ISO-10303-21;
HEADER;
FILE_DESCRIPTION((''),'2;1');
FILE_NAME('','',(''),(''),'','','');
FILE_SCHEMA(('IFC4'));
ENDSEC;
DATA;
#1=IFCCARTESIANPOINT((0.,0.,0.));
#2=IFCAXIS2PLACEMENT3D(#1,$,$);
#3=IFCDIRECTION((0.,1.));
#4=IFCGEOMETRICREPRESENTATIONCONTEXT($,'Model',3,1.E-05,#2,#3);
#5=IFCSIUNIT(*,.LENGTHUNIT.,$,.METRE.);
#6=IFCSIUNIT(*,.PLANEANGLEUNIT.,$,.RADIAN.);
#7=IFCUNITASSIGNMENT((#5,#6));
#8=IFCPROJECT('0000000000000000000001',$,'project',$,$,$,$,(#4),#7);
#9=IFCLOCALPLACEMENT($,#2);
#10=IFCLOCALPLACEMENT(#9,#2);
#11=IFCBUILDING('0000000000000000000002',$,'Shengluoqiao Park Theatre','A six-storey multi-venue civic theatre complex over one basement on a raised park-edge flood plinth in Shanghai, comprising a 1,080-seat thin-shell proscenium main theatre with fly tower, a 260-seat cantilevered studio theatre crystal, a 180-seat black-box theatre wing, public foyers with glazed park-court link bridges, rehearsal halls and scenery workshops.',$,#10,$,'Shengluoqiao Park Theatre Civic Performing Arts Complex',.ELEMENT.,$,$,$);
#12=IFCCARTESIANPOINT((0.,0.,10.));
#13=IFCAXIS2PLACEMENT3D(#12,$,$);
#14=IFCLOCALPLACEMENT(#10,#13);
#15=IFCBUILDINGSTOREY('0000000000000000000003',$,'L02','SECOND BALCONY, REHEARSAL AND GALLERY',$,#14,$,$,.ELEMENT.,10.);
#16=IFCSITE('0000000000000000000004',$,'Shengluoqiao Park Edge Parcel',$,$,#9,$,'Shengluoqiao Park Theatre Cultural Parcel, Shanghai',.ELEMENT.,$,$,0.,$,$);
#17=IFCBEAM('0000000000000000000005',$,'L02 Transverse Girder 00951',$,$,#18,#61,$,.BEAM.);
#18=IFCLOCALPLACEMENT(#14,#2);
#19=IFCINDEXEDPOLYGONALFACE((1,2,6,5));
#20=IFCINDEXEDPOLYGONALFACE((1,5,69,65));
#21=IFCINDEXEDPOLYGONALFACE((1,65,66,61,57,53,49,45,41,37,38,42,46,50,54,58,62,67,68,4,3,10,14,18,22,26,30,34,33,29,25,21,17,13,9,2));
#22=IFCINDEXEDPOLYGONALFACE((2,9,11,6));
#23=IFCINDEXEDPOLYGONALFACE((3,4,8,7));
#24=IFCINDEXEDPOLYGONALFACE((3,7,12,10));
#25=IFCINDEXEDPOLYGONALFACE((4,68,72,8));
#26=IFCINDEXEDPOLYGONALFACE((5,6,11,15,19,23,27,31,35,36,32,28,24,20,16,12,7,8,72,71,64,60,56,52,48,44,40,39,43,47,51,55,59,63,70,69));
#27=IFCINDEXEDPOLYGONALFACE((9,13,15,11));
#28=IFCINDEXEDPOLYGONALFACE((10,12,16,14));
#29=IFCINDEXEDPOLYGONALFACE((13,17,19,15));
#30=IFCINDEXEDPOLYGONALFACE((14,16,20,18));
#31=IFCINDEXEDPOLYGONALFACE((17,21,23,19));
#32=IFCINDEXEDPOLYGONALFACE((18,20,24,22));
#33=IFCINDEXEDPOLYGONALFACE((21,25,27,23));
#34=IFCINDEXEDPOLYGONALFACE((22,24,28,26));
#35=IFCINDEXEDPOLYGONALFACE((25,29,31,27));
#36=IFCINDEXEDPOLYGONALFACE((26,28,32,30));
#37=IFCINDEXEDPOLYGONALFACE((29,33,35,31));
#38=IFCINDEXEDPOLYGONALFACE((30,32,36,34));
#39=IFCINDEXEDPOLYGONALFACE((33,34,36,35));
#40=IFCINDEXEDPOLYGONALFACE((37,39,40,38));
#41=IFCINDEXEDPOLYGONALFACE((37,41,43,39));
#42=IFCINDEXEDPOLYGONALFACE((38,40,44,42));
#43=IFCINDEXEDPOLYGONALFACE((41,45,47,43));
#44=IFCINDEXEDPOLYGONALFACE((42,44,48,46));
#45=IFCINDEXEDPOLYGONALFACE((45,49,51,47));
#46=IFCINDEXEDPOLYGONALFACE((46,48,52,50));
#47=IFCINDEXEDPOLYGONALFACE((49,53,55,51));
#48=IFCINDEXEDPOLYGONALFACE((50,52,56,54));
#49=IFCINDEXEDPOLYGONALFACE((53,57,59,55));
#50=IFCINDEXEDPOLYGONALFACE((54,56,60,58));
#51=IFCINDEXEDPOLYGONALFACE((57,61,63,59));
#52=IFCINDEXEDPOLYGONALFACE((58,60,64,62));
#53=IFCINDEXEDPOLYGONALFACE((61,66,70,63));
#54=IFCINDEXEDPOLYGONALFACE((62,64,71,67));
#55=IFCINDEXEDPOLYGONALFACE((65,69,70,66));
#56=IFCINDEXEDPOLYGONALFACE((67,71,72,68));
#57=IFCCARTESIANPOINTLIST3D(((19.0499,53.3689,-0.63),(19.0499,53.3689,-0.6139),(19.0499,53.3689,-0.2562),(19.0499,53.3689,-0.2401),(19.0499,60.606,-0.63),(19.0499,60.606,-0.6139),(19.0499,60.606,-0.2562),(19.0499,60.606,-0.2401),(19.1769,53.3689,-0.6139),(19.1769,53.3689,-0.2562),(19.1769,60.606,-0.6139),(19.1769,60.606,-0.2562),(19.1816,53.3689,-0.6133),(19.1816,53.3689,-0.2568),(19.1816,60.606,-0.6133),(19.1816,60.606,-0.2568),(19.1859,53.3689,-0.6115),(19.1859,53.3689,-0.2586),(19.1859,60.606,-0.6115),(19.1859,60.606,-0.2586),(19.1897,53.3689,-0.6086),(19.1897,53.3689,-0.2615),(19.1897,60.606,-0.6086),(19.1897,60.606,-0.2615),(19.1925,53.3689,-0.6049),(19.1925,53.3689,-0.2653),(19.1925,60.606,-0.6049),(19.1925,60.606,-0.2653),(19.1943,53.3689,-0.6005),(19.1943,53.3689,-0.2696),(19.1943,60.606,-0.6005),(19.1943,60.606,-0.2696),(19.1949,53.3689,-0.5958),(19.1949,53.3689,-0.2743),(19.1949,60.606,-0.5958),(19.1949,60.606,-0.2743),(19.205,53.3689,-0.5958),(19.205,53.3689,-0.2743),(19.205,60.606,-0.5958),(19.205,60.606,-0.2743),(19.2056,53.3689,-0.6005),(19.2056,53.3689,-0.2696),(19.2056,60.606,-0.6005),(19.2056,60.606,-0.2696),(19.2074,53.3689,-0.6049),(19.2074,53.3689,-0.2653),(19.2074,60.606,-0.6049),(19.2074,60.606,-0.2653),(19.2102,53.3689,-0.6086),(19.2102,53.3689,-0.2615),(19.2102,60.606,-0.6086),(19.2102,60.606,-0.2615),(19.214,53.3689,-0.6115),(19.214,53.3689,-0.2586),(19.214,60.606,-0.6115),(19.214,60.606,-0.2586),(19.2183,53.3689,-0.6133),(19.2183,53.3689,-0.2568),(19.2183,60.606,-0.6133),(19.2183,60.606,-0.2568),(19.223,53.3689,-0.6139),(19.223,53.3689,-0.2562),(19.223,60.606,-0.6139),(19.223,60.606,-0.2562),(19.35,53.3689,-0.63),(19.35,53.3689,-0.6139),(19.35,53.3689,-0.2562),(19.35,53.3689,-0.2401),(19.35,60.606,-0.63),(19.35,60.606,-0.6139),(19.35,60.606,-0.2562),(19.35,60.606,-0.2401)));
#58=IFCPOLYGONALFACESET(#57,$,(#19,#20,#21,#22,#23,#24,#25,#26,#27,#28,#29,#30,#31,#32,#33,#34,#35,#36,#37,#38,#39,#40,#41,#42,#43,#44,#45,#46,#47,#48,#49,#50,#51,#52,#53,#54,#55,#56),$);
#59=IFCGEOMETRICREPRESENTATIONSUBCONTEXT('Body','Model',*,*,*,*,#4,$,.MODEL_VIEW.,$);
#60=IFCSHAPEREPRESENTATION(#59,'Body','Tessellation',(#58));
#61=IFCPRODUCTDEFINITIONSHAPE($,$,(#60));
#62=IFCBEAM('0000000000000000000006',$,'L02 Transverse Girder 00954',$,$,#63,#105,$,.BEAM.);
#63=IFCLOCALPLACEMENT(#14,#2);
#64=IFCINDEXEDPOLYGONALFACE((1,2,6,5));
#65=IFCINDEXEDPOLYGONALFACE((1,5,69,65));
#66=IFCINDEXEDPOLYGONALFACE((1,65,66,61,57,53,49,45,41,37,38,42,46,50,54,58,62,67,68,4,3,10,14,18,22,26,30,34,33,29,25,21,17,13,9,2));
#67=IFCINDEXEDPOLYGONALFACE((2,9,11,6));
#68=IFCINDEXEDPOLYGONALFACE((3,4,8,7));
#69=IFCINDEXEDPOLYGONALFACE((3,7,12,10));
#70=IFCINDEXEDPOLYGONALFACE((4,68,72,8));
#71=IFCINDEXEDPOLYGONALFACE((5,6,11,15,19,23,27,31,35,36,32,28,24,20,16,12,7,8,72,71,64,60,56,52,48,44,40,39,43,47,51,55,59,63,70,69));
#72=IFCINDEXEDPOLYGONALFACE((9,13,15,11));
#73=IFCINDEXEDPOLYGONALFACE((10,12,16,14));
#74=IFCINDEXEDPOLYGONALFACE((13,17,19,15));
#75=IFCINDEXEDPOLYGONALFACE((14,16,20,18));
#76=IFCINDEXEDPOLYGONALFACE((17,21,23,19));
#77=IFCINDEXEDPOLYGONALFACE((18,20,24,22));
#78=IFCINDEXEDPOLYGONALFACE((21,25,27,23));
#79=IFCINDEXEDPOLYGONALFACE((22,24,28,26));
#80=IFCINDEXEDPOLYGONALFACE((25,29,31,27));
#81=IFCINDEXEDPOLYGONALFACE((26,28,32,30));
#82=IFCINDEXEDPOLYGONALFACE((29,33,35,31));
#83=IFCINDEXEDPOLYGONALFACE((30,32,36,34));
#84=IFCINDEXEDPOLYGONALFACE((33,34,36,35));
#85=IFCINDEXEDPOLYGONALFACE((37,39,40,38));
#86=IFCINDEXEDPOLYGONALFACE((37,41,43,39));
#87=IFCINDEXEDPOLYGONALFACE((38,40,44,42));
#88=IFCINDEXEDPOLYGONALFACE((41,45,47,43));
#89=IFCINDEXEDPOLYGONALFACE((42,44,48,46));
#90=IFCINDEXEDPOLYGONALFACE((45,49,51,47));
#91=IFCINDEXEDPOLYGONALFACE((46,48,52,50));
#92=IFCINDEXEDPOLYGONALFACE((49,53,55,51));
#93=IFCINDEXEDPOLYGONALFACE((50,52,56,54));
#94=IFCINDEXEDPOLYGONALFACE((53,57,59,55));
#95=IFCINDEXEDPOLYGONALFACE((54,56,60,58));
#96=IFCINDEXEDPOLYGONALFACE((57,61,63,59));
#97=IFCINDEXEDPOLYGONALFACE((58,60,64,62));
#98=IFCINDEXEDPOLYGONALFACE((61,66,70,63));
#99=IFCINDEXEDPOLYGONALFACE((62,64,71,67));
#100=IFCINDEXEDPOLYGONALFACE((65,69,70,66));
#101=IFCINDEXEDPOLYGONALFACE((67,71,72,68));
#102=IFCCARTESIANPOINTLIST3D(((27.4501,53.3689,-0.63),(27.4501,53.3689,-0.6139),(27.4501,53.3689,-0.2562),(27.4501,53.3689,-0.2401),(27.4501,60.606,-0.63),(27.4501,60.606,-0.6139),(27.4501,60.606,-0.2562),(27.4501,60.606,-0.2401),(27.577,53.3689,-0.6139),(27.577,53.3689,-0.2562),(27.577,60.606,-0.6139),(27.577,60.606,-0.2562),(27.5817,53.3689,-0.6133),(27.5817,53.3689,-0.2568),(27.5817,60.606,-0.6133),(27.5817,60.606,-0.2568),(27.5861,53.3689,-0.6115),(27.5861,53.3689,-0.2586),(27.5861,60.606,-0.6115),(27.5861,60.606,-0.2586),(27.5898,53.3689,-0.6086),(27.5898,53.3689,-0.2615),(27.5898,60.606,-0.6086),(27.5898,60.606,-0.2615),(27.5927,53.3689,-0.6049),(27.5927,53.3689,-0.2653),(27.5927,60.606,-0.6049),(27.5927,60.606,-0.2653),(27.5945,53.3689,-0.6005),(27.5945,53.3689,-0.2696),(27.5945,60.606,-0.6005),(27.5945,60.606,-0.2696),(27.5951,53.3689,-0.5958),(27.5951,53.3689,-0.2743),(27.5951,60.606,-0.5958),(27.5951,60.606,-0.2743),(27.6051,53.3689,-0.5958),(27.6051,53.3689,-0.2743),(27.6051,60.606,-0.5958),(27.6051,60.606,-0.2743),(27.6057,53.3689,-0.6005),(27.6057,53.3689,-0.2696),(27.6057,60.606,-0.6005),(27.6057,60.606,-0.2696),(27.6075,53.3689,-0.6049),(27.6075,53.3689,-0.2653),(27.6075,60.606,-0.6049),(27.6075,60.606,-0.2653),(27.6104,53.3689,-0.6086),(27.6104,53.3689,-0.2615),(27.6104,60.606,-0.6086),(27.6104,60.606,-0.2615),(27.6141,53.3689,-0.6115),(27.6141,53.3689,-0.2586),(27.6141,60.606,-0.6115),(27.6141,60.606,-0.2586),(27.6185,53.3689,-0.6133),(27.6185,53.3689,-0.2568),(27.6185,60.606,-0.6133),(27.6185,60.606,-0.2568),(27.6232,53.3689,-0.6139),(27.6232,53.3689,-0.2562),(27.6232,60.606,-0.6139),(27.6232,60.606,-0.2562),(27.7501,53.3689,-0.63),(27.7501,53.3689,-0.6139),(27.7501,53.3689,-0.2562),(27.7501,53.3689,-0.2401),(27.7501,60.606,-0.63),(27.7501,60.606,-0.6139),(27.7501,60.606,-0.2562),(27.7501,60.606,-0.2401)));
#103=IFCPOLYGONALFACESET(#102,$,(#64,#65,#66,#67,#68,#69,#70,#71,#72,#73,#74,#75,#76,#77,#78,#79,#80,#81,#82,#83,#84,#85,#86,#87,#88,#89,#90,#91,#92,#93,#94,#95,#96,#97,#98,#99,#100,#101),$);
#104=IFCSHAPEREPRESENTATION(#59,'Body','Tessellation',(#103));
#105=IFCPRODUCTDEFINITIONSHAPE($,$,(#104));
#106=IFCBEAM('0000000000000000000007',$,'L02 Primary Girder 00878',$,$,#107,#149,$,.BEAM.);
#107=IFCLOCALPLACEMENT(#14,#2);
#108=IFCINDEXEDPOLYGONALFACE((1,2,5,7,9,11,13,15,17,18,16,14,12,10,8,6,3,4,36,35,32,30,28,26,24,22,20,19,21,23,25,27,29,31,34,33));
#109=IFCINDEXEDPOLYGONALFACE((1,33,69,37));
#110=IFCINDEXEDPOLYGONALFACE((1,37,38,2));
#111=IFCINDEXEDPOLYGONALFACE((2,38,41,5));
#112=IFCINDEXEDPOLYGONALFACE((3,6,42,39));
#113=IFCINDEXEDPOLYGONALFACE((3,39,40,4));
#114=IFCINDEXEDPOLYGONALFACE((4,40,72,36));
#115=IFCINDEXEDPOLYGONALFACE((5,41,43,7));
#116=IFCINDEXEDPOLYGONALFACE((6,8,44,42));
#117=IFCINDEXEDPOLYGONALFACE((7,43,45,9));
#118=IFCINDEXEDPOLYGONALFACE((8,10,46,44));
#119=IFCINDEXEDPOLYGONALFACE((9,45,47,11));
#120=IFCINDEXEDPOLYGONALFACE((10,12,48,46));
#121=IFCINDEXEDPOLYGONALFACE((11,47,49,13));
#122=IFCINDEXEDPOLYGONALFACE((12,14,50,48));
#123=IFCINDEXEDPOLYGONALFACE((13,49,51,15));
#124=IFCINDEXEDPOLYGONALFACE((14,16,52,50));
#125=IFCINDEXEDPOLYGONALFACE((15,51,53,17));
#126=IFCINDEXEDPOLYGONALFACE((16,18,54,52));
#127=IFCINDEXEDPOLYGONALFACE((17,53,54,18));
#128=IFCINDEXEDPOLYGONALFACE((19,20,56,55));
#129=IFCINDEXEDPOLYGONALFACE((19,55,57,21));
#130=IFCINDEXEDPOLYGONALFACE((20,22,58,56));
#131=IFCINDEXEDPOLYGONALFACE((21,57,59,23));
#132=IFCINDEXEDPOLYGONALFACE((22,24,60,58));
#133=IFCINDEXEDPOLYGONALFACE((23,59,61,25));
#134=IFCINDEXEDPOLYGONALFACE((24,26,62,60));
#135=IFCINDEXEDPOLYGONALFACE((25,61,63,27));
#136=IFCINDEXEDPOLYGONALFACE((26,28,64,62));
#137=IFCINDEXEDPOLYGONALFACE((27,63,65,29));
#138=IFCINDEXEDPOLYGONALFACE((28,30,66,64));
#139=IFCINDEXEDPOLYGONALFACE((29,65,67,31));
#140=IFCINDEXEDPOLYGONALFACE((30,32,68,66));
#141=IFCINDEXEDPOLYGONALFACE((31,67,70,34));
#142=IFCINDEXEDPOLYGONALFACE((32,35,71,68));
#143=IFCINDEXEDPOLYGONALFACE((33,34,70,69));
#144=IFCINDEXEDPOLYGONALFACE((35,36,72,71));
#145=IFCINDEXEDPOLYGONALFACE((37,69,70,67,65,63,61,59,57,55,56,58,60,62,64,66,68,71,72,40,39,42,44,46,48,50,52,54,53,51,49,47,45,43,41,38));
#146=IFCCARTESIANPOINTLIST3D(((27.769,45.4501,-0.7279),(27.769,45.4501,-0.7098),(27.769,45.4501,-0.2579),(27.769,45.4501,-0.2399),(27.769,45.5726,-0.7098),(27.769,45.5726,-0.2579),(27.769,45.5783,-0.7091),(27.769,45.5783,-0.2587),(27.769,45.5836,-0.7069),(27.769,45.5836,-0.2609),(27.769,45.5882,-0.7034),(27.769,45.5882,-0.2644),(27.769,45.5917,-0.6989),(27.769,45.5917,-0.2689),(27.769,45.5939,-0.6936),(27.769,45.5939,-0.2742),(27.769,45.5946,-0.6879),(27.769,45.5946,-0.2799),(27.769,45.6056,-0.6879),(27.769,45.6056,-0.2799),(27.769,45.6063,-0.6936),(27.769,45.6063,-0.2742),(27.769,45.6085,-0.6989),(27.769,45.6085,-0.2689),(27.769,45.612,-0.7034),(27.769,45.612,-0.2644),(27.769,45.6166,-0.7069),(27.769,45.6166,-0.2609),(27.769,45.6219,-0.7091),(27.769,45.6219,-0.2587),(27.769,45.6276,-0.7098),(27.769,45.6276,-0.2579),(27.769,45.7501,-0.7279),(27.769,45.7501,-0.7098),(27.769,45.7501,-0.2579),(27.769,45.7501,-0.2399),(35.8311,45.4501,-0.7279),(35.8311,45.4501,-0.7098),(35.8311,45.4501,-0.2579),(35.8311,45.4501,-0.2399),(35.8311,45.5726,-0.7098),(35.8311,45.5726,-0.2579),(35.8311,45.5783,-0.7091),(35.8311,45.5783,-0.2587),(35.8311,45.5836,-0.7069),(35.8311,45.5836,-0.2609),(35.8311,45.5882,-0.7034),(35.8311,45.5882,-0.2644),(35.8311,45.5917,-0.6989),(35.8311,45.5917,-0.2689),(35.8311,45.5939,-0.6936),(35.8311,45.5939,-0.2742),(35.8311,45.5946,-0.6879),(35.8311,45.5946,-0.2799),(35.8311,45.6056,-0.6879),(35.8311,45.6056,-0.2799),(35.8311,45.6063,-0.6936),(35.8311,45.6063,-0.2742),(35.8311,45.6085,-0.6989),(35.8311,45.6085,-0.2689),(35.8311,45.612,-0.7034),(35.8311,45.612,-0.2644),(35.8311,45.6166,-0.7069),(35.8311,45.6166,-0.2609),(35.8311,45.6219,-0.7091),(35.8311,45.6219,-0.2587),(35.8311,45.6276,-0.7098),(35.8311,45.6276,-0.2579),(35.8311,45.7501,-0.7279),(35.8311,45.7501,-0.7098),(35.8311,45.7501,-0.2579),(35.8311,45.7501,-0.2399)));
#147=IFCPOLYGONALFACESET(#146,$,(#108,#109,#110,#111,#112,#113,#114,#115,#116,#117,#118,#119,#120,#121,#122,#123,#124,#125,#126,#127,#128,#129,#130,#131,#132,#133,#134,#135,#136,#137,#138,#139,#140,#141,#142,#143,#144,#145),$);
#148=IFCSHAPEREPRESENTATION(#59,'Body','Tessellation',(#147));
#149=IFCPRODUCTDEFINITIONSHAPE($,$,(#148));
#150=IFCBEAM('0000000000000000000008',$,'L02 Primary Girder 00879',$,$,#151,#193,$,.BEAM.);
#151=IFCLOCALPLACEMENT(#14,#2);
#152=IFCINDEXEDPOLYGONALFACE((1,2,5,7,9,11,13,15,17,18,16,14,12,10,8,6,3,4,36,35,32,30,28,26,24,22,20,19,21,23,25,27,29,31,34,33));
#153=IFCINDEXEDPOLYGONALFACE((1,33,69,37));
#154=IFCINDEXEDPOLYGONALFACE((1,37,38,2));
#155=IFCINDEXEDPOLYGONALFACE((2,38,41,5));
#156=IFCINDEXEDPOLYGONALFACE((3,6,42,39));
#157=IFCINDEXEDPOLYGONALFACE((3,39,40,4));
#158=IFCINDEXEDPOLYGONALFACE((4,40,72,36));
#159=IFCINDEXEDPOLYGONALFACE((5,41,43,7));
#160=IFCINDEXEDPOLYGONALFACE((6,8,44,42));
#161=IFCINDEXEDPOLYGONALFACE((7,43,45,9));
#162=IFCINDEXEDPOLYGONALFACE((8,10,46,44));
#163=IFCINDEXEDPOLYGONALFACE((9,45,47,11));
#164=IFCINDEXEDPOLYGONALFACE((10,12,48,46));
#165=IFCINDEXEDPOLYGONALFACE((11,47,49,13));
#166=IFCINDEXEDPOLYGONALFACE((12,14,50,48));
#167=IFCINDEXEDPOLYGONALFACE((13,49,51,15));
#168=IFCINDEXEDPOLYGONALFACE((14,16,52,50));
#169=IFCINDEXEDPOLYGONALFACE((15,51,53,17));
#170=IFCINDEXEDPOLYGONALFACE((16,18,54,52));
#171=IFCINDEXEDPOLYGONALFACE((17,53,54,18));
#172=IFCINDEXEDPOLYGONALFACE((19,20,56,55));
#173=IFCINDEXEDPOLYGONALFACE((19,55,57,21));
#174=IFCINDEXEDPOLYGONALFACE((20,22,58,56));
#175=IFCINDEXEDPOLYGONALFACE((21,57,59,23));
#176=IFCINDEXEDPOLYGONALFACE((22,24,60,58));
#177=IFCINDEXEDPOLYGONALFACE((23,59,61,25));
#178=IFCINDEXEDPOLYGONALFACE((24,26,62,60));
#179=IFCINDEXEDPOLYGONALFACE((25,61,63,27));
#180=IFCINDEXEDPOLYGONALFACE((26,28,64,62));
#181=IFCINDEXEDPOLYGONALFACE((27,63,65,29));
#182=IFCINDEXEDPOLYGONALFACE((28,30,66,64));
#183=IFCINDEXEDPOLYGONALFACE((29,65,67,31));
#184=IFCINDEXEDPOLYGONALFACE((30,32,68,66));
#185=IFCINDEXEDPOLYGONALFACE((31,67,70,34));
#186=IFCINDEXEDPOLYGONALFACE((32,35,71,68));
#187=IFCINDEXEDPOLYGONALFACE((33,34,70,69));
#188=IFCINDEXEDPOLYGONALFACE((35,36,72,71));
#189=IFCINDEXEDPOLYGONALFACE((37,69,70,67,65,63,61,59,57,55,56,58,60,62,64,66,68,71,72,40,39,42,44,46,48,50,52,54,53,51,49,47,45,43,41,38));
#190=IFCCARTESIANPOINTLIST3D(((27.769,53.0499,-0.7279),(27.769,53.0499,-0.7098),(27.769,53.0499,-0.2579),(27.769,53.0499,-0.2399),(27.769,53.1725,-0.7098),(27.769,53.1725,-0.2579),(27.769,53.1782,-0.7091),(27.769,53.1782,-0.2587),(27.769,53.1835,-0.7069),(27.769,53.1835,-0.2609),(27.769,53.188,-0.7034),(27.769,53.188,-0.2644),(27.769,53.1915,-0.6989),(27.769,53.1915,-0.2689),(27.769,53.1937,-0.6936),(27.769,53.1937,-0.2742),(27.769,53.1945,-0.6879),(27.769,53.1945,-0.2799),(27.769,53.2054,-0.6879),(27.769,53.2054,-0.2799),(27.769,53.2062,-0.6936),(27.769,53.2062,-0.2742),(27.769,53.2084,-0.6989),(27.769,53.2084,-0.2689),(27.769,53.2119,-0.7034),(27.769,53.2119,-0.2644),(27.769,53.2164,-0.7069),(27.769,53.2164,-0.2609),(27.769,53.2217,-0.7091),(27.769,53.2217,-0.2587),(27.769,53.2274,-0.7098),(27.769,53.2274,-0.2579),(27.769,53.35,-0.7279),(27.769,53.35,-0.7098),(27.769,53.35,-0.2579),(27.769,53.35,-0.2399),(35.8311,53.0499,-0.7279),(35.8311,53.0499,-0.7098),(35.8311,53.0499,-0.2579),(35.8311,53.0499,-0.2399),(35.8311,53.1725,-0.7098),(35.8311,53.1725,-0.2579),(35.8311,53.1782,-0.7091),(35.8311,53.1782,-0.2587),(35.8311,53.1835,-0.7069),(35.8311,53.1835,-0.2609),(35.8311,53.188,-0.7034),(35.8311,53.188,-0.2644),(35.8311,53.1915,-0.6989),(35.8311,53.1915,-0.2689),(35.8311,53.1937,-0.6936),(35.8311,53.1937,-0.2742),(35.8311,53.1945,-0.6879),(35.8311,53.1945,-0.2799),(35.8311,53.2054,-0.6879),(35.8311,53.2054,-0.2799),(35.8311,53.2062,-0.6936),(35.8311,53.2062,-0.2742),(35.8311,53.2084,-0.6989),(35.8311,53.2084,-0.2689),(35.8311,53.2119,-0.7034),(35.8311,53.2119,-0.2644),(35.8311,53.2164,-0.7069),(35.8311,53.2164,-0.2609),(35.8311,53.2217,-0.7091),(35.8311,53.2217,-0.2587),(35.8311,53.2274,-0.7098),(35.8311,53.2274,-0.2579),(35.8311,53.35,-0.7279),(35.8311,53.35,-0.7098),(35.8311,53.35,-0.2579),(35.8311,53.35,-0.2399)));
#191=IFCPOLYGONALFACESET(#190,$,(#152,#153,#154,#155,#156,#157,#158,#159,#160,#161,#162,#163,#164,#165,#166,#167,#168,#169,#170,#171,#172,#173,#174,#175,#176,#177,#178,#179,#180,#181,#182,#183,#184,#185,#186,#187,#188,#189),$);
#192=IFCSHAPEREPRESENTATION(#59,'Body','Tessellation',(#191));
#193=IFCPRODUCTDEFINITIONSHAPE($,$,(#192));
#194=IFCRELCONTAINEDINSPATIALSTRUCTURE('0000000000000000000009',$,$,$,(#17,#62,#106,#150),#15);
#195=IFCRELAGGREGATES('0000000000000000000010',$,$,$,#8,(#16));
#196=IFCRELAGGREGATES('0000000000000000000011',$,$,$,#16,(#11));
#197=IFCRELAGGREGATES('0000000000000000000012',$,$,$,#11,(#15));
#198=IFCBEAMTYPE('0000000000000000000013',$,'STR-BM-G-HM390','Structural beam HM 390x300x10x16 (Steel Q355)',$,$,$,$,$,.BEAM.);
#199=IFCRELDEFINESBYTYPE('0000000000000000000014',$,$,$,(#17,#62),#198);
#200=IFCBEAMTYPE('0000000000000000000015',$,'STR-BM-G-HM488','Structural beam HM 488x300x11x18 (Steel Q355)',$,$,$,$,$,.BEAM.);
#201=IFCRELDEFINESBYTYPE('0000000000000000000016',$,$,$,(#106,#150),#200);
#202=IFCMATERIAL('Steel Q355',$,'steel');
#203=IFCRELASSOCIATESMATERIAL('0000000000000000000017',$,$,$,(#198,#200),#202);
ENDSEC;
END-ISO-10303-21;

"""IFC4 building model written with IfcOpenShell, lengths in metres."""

from ifc_helpers import new_model, si_unit, direction, frame, origin, origin_2d, place, context, subcontext, project, spatial, i_section, extrude, material, material_profile, profile_set, type_object, element, save


model = new_model("IFC4")

# Units and contexts
model_context = context("Model", 3, precision=1e-05, world=origin(), true_north=direction((0.0, 1.0)))
body_context = subcontext(model_context, "Body", "Model", "MODEL_VIEW")
ifc_project = project(units=[si_unit("LENGTHUNIT", "METRE"), si_unit("PLANEANGLEUNIT", "RADIAN")], contexts=[model_context])

# Site, building, storey
site_placement = place(None, origin())
site = spatial("IfcSite", under=ifc_project, at=site_placement, Name="Shengluoqiao Park Edge Parcel", LongName="Shengluoqiao Park Theatre Cultural Parcel, Shanghai", CompositionType="ELEMENT", RefElevation=0.0)
building_placement = place(site_placement, origin())
building = spatial("IfcBuilding", under=site, at=building_placement, Name="Shengluoqiao Park Theatre", Description="A six-storey multi-venue civic theatre complex over one basement on a raised park-edge flood plinth in Shanghai, comprising a 1,080-seat thin-shell proscenium main theatre with fly tower, a 260-seat cantilevered studio theatre crystal, a 180-seat black-box theatre wing, public foyers with glazed park-court link bridges, rehearsal halls and scenery workshops.", LongName="Shengluoqiao Park Theatre Civic Performing Arts Complex", CompositionType="ELEMENT")
storey_placement = place(building_placement, frame((0.0, 0.0, 10.0)))
storey = spatial("IfcBuildingStorey", under=building, at=storey_placement, Name="L02", Description="SECOND BALCONY, REHEARSAL AND GALLERY", CompositionType="ELEMENT", Elevation=10.0)

# Shared definitions
ifc_material_1 = material(Name="Steel Q355", Category="steel")

# Beams
ifc_material_profile_1 = material_profile(ifc_material_1, i_section(OverallWidth=0.3, OverallDepth=0.3899, WebThickness=0.01, FlangeThickness=0.0161, FilletRadius=0.0181, at=origin_2d()), Name="HM 390x300x10x16")
ifc_profile_set_1 = profile_set([ifc_material_profile_1], Name="Steel Q355")
beam_type_1 = type_object("IfcBeamType", Name="STR-BM-G-HM390", Description="Structural beam HM 390x300x10x16 (Steel Q355)", PredefinedType="BEAM", material=ifc_profile_set_1)
for number, where, z_axis, x_axis, name in (
    (1, (19.2, 53.3689, -0.4351), (0.0, 1.0, 0.0), (-1.0, 0.0, 0.0), "L02 Transverse Girder 00951"),
    (2, (27.6001, 53.3689, -0.4351), (0.0, 1.0, 0.0), (-1.0, 0.0, 0.0), "L02 Transverse Girder 00954"),
):
    element("IfcBeam", number, at=place(storey_placement, frame(where, z_axis=z_axis, x_axis=x_axis)), inside=storey, type_object=beam_type_1, Name=name, PredefinedType="BEAM", context=body_context, shape_type="SweptSolid", body=[
        extrude(i_section(OverallWidth=0.3, OverallDepth=0.3899, WebThickness=0.01, FlangeThickness=0.0161, FilletRadius=0.0181, at=origin_2d()), origin(), (0.0, 0.0, 1.0), 7.2371),
    ])
ifc_material_profile_2 = material_profile(ifc_material_1, i_section(OverallWidth=0.3, OverallDepth=0.488, WebThickness=0.011, FlangeThickness=0.0181, FilletRadius=0.022, at=origin_2d()), Name="HM 488x300x11x18")
ifc_profile_set_2 = profile_set([ifc_material_profile_2], Name="Steel Q355")
beam_type_2 = type_object("IfcBeamType", Name="STR-BM-G-HM488", Description="Structural beam HM 488x300x11x18 (Steel Q355)", PredefinedType="BEAM", material=ifc_profile_set_2)
for number, where, z_axis, x_axis, name in (
    (3, (27.769, 45.6001, -0.4839), (1.0, 0.0, 0.0), (0.0, 1.0, 0.0), "L02 Primary Girder 00878"),
    (4, (27.769, 53.2, -0.4839), (1.0, 0.0, 0.0), (0.0, 1.0, 0.0), "L02 Primary Girder 00879"),
):
    element("IfcBeam", number, at=place(storey_placement, frame(where, z_axis=z_axis, x_axis=x_axis)), inside=storey, type_object=beam_type_2, Name=name, PredefinedType="BEAM", context=body_context, shape_type="SweptSolid", body=[
        extrude(i_section(OverallWidth=0.3, OverallDepth=0.488, WebThickness=0.011, FlangeThickness=0.0181, FilletRadius=0.022, at=origin_2d()), origin(), (0.0, 0.0, 1.0), 8.062),
    ])

save(model, "model.ifc")
